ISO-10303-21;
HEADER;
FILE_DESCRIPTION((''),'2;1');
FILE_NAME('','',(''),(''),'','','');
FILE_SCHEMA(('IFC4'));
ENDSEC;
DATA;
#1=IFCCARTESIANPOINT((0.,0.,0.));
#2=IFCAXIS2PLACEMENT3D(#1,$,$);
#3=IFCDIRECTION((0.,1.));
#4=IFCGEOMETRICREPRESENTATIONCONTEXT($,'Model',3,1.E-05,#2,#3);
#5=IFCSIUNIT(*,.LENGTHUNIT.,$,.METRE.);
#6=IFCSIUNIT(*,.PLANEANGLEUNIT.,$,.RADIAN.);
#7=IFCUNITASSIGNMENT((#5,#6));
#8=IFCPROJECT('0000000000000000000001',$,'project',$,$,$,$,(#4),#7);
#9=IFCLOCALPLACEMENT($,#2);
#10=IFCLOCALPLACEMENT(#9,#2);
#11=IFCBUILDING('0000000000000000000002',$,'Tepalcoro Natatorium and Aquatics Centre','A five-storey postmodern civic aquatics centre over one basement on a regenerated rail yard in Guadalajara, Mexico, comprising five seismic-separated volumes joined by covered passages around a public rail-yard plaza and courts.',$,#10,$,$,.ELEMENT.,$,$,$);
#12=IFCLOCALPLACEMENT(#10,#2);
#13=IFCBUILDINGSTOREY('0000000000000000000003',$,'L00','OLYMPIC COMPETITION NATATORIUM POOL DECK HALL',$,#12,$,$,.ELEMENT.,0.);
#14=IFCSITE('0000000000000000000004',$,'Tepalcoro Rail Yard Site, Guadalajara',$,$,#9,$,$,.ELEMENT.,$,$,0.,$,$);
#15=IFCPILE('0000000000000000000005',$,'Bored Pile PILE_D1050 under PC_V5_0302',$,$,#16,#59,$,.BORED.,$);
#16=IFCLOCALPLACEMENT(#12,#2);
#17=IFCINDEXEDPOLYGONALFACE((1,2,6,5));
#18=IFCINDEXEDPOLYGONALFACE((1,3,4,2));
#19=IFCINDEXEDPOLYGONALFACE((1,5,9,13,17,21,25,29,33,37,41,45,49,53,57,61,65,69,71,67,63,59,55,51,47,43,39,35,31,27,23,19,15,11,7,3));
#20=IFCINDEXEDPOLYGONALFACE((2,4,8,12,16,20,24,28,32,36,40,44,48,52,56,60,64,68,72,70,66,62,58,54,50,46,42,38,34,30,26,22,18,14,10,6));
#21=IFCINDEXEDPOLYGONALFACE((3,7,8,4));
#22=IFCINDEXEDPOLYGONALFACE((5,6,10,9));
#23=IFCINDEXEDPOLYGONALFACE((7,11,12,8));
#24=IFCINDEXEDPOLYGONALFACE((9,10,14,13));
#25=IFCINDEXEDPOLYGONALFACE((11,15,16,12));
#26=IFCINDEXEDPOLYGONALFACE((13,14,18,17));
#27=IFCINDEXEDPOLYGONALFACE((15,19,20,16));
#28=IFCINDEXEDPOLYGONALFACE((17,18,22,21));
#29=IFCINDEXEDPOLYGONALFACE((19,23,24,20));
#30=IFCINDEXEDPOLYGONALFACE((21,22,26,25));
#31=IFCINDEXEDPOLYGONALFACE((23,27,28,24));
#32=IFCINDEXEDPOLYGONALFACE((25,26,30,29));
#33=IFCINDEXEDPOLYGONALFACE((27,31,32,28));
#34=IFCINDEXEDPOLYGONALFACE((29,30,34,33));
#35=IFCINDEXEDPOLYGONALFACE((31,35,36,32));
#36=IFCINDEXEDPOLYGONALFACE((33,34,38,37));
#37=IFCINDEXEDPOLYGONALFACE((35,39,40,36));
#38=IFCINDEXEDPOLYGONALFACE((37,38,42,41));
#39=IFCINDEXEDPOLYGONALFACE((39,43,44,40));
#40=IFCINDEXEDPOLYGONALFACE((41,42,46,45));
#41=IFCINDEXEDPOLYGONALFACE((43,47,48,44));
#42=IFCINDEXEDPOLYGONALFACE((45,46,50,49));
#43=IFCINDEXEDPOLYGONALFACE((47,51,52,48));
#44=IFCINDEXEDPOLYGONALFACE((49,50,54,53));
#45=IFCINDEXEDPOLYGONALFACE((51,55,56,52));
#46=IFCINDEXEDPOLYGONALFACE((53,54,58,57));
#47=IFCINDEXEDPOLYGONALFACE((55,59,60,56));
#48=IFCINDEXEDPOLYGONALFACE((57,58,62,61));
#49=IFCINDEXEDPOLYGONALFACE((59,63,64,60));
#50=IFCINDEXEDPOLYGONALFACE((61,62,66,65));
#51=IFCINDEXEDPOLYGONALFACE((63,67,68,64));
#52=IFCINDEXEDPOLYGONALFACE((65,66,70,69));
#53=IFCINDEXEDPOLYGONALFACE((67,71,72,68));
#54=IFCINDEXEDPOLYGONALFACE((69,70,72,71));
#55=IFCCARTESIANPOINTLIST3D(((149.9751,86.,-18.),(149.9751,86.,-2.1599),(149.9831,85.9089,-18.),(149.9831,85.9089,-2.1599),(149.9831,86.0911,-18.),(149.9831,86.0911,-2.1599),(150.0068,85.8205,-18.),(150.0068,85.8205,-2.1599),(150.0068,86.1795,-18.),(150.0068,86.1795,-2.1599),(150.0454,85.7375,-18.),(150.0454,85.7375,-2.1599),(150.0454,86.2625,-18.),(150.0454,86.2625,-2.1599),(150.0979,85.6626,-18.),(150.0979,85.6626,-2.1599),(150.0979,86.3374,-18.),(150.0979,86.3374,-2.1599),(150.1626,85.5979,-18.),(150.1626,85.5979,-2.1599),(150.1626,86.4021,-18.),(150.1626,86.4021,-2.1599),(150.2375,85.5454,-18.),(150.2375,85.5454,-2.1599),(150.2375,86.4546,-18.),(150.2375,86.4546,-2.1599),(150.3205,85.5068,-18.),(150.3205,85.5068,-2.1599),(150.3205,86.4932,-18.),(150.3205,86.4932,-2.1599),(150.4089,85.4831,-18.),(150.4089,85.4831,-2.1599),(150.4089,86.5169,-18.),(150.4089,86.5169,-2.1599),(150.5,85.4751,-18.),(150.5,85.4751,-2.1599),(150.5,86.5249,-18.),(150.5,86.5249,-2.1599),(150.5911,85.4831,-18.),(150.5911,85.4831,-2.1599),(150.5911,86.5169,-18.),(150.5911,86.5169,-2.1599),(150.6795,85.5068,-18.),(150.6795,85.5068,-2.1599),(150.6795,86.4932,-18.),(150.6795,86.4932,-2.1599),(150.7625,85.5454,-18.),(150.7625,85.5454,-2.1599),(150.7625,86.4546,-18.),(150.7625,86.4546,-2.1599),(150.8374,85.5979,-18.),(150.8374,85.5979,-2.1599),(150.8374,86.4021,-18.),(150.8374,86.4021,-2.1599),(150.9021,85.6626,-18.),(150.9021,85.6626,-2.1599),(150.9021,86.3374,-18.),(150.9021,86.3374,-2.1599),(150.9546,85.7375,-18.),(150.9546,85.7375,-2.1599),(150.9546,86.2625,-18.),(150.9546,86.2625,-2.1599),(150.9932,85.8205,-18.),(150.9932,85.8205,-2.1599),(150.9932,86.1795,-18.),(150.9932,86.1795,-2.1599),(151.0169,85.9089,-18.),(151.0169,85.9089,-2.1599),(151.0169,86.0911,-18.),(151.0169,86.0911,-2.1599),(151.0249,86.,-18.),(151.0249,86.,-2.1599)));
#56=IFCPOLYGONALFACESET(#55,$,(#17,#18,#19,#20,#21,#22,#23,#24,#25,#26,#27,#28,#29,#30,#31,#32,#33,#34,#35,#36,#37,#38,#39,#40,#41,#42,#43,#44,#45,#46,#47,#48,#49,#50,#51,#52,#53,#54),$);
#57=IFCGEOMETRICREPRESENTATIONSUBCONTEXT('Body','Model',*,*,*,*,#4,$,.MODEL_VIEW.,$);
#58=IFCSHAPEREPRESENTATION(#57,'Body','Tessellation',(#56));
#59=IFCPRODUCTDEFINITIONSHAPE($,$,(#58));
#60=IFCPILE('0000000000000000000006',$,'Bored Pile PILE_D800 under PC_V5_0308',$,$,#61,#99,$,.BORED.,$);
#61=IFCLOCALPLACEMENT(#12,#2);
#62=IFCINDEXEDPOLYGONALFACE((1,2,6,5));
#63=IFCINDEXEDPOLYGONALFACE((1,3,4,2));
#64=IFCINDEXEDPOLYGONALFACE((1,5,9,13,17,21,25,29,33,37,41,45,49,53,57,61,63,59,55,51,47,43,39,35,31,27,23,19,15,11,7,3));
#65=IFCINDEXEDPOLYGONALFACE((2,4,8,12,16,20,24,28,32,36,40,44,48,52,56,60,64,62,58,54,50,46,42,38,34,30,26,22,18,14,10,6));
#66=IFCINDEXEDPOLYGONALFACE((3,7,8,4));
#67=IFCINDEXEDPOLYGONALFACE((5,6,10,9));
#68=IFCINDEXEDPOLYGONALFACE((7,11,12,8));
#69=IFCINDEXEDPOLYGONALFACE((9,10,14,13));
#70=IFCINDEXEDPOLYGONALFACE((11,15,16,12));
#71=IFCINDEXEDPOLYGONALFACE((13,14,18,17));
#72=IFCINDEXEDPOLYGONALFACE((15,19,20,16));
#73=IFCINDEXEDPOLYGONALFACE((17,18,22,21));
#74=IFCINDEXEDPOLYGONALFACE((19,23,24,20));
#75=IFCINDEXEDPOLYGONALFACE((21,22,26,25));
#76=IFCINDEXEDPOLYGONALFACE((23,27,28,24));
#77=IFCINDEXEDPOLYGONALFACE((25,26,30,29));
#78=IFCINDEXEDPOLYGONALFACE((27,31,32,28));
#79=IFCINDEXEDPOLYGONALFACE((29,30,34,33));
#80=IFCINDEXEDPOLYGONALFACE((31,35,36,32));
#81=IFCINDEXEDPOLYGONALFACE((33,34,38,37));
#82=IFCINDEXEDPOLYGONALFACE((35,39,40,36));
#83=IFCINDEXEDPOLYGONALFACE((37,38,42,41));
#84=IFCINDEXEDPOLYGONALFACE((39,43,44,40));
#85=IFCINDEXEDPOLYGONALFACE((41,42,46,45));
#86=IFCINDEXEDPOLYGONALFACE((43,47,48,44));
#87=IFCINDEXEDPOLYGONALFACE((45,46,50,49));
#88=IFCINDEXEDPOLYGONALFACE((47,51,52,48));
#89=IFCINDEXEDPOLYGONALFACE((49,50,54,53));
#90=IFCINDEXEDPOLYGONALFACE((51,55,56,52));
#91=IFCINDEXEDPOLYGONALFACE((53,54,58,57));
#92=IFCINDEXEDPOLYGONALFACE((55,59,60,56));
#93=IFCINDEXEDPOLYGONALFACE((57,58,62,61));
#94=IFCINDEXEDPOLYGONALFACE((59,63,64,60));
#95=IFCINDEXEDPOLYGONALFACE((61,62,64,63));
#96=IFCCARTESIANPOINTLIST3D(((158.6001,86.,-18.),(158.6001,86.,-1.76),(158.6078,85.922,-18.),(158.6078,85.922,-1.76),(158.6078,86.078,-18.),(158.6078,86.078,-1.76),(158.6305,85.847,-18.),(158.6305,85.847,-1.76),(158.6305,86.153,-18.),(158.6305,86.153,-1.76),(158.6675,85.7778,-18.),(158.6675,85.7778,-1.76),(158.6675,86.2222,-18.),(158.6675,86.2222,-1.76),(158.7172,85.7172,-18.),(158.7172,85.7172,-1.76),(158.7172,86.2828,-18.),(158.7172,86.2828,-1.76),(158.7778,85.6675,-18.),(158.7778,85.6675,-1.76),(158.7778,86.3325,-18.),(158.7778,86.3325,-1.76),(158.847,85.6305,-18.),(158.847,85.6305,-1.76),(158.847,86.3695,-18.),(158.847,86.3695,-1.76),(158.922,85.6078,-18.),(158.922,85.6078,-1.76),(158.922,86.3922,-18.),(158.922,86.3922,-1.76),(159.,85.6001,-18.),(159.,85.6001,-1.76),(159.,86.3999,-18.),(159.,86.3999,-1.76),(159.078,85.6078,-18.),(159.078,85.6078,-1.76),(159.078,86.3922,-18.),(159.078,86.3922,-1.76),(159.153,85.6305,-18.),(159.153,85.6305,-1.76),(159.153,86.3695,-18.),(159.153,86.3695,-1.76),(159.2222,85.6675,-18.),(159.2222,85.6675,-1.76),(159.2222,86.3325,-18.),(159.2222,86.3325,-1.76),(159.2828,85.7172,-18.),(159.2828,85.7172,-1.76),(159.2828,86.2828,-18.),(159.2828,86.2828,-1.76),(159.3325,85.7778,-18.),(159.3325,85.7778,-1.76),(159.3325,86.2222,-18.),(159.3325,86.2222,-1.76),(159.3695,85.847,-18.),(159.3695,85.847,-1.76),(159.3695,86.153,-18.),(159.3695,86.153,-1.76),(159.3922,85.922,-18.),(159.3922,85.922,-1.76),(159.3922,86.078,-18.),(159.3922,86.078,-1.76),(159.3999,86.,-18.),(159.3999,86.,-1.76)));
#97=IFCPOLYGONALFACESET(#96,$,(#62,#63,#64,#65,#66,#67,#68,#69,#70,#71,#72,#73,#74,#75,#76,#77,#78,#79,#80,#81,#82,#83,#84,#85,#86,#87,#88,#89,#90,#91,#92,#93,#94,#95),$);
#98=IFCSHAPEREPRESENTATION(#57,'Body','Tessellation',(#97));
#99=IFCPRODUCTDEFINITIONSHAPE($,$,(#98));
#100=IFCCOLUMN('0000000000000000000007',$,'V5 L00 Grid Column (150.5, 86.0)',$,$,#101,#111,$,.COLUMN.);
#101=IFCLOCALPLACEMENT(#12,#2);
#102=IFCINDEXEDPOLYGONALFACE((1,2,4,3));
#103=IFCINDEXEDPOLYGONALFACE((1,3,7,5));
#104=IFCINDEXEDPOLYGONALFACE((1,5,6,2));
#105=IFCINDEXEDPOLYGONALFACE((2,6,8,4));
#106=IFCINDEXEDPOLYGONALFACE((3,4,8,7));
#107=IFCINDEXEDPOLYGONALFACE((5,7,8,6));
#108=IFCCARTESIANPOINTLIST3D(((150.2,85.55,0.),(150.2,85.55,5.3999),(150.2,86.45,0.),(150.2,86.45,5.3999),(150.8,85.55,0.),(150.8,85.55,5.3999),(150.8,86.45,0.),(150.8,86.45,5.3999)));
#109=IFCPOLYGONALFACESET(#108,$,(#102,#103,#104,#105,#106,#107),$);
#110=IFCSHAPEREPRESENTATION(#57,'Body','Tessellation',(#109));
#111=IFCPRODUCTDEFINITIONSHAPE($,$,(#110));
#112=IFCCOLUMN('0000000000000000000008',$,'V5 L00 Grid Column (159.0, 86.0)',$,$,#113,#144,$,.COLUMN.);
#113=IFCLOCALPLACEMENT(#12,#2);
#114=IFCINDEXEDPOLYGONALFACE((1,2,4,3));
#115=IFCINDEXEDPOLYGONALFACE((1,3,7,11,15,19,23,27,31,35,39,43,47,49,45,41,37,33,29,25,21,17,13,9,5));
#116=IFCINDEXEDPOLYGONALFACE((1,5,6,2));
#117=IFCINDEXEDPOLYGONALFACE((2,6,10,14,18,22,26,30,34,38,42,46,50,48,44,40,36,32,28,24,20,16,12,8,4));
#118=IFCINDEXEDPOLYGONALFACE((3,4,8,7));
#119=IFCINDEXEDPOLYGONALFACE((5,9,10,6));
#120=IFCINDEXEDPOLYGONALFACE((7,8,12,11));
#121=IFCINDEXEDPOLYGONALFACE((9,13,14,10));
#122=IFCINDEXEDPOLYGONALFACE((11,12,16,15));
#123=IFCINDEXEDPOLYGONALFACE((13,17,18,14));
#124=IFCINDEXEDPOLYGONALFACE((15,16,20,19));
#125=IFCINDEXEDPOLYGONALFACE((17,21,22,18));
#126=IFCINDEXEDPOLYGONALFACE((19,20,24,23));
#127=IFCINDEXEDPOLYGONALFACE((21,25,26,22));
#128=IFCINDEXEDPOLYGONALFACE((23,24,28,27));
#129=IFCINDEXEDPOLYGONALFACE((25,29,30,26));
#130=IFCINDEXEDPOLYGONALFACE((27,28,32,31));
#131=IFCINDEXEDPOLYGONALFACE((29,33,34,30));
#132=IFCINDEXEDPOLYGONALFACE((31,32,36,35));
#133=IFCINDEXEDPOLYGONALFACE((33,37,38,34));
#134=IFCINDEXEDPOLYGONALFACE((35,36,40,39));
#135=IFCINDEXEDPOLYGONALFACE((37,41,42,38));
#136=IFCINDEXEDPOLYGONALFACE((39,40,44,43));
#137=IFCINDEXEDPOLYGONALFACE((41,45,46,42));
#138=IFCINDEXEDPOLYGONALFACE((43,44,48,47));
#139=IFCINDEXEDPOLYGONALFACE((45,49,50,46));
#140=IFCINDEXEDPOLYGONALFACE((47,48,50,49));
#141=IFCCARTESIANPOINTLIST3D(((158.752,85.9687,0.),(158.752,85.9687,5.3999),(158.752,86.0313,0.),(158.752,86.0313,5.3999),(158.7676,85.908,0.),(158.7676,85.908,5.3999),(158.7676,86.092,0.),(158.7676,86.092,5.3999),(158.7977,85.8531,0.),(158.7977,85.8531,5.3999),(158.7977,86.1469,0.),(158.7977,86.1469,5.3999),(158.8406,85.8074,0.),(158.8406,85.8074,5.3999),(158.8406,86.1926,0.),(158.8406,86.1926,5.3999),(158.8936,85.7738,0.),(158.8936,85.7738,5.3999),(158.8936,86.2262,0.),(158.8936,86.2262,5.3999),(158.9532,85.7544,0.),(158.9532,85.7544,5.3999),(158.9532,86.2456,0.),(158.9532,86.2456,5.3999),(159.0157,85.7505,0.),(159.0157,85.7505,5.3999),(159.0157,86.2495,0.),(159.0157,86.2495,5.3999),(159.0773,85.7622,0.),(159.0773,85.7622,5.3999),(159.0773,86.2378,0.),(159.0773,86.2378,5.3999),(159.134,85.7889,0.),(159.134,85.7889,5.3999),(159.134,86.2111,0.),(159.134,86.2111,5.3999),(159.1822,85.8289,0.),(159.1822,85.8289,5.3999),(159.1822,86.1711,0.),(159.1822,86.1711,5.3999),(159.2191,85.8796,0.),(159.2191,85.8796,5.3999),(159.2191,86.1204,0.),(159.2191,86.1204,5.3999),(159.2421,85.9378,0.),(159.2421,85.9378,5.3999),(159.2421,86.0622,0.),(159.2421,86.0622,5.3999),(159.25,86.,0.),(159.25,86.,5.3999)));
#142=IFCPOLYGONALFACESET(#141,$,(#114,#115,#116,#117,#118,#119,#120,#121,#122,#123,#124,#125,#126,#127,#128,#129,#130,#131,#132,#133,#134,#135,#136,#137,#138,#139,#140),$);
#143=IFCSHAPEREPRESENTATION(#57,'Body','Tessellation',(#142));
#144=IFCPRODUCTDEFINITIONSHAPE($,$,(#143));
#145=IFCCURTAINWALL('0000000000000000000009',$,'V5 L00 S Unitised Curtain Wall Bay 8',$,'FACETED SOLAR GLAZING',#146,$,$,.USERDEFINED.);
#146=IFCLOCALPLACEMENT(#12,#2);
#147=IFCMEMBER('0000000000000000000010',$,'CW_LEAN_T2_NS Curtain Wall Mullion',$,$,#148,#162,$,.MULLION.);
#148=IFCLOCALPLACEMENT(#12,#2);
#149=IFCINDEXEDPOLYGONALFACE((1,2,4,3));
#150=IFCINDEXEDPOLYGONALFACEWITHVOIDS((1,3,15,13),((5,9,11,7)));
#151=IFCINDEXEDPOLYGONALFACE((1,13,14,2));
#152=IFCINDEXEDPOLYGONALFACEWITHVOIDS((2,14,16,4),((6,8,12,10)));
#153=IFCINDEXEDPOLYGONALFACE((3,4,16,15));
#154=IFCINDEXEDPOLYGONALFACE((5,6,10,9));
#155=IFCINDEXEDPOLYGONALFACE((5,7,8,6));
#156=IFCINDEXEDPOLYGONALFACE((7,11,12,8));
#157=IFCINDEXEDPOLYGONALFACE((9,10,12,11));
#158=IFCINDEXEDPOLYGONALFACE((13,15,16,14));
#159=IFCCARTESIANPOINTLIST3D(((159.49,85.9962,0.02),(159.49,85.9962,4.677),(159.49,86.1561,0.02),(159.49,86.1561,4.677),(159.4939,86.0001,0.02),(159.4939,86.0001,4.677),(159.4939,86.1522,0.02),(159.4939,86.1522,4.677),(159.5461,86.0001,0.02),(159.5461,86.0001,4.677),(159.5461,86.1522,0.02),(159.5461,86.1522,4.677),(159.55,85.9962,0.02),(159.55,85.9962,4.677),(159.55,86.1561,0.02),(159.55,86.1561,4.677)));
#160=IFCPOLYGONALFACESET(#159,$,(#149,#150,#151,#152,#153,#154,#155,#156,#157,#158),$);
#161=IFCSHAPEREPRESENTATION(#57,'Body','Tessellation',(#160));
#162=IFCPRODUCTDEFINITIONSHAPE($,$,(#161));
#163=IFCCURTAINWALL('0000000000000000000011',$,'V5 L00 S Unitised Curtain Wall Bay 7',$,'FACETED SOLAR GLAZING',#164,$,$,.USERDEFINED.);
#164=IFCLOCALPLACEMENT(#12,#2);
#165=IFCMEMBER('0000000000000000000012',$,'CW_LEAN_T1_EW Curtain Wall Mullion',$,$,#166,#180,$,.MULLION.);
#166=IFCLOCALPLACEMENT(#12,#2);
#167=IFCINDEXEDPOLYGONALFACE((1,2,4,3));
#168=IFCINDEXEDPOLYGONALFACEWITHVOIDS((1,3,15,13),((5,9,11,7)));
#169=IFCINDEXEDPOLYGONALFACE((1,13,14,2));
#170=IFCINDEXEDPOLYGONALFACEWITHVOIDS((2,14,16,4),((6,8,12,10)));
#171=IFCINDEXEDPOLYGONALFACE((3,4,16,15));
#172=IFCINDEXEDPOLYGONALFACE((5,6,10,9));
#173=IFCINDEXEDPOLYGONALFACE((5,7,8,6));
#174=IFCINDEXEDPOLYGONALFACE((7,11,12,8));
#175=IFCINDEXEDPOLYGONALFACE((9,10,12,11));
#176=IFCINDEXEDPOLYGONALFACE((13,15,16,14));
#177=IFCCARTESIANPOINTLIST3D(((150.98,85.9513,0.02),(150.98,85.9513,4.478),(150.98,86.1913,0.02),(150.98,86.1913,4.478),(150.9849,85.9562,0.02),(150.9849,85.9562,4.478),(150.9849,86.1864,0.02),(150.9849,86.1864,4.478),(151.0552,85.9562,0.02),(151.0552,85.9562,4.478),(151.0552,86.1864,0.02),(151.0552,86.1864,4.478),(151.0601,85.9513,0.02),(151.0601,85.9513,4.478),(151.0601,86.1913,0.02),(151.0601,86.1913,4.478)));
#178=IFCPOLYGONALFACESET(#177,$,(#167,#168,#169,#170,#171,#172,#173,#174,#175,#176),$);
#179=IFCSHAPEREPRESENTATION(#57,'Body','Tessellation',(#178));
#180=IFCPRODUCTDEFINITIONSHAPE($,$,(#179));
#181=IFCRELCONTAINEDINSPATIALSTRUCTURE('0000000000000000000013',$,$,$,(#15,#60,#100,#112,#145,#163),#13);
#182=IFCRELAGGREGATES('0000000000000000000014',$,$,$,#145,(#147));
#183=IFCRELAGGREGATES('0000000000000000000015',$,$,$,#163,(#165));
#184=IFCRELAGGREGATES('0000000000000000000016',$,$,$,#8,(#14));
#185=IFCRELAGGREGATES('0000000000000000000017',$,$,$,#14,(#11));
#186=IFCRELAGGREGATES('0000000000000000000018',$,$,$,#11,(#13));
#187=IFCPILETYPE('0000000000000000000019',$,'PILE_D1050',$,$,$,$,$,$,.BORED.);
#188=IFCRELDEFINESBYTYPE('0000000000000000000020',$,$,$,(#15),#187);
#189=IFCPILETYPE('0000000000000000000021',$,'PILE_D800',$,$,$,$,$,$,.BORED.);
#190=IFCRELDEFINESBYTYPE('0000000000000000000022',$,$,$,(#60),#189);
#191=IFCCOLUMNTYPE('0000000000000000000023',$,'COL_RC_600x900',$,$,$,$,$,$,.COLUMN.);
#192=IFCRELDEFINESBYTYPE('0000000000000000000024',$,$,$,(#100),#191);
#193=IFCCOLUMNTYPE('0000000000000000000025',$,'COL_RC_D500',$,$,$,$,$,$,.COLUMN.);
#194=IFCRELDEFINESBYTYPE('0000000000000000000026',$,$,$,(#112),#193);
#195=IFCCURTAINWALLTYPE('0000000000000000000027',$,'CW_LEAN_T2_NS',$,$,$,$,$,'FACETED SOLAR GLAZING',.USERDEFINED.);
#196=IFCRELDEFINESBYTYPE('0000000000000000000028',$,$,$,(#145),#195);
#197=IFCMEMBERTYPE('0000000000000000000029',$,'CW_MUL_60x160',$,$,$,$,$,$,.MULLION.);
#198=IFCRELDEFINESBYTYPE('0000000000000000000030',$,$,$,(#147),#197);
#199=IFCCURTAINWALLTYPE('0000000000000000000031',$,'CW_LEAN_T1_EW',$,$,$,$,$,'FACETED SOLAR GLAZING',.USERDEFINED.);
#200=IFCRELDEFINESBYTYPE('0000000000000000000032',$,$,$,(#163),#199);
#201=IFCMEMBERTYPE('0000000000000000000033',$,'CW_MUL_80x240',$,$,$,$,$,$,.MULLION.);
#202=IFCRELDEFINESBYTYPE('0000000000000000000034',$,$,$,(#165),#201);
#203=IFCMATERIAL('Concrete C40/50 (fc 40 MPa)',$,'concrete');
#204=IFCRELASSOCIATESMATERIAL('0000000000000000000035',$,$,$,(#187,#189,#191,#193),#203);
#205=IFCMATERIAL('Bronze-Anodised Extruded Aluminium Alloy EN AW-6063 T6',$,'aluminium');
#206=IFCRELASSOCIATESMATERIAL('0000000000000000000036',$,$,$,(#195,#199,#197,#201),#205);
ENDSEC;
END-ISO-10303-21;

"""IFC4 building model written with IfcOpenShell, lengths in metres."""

from ifc_helpers import new_model, si_unit, direction, frame, origin, origin_2d, place, context, subcontext, project, spatial, rectangle, hollow_rectangle, circle, extrude, material, material_profile, profile_set, type_object, element, aggregate, save


model = new_model("IFC4")

# Units and contexts
model_context = context("Model", 3, precision=1e-05, world=origin(), true_north=direction((0.0, 1.0)))
body_context = subcontext(model_context, "Body", "Model", "MODEL_VIEW")
ifc_project = project(units=[si_unit("LENGTHUNIT", "METRE"), si_unit("PLANEANGLEUNIT", "RADIAN")], contexts=[model_context])

# Site, building, storey
site_placement = place(None, origin())
site = spatial("IfcSite", under=ifc_project, at=site_placement, Name="Tepalcoro Rail Yard Site, Guadalajara", CompositionType="ELEMENT", RefElevation=0.0)
building_placement = place(site_placement, origin())
building = spatial("IfcBuilding", under=site, at=building_placement, Name="Tepalcoro Natatorium and Aquatics Centre", Description="A five-storey postmodern civic aquatics centre over one basement on a regenerated rail yard in Guadalajara, Mexico, comprising five seismic-separated volumes joined by covered passages around a public rail-yard plaza and courts.", CompositionType="ELEMENT")
storey_placement = place(building_placement, origin())
storey = spatial("IfcBuildingStorey", under=building, at=storey_placement, Name="L00", Description="OLYMPIC COMPETITION NATATORIUM POOL DECK HALL", CompositionType="ELEMENT", Elevation=0.0)

# Piles
ifc_material_1 = material(Name="Concrete C40/50 (fc 40 MPa)", Category="concrete")
ifc_material_profile_1 = material_profile(ifc_material_1, circle(Radius=0.5249, at=origin_2d()), Name="PILE_D1050")
ifc_profile_set_1 = profile_set([ifc_material_profile_1], Name="Concrete C40/50 (fc 40 MPa)")
pile_type_1 = type_object("IfcPileType", Name="PILE_D1050", PredefinedType="BORED", material=ifc_profile_set_1)
pile_1_placement = place(storey_placement, frame((150.5, 86.0, -2.1599), z_axis=(0.0, 0.0, -1.0), x_axis=(1.0, 0.0, 0.0)))
element("IfcPile", 1, at=pile_1_placement, inside=storey, type_object=pile_type_1, Name="Bored Pile PILE_D1050 under PC_V5_0302", PredefinedType="BORED", context=body_context, shape_type="SweptSolid", body=[
    extrude(circle(Radius=0.5249, at=origin_2d()), origin(), (0.0, 0.0, 1.0), 15.8401),
])
ifc_material_profile_2 = material_profile(ifc_material_1, circle(Radius=0.3999, at=origin_2d()), Name="PILE_D800")
ifc_profile_set_2 = profile_set([ifc_material_profile_2], Name="Concrete C40/50 (fc 40 MPa)")
pile_type_2 = type_object("IfcPileType", Name="PILE_D800", PredefinedType="BORED", material=ifc_profile_set_2)
pile_2_placement = place(storey_placement, frame((159.0, 86.0, -1.76), z_axis=(0.0, 0.0, -1.0), x_axis=(1.0, 0.0, 0.0)))
element("IfcPile", 2, at=pile_2_placement, inside=storey, type_object=pile_type_2, Name="Bored Pile PILE_D800 under PC_V5_0308", PredefinedType="BORED", context=body_context, shape_type="SweptSolid", body=[
    extrude(circle(Radius=0.3999, at=origin_2d()), origin(), (0.0, 0.0, 1.0), 16.24),
])

# Columns
ifc_material_profile_3 = material_profile(ifc_material_1, rectangle(XDim=0.6001, YDim=0.8999, at=origin_2d()), Name="RC600x900")
ifc_profile_set_3 = profile_set([ifc_material_profile_3], Name="Concrete C40/50 (fc 40 MPa)")
column_type_1 = type_object("IfcColumnType", Name="COL_RC_600x900", PredefinedType="COLUMN", material=ifc_profile_set_3)
column_1_placement = place(storey_placement, frame((150.5, 86.0, 0.0), z_axis=(0.0, 0.0, 1.0), x_axis=(1.0, 0.0, 0.0)))
element("IfcColumn", 3, at=column_1_placement, inside=storey, type_object=column_type_1, Name="V5 L00 Grid Column (150.5, 86.0)", PredefinedType="COLUMN", context=body_context, shape_type="SweptSolid", body=[
    extrude(rectangle(XDim=0.6001, YDim=0.8999, at=origin_2d()), origin(), (0.0, 0.0, 1.0), 5.3999),
])
ifc_material_profile_4 = material_profile(ifc_material_1, circle(Radius=0.25, at=origin_2d()), Name="RCD500")
ifc_profile_set_4 = profile_set([ifc_material_profile_4], Name="Concrete C40/50 (fc 40 MPa)")
column_type_2 = type_object("IfcColumnType", Name="COL_RC_D500", PredefinedType="COLUMN", material=ifc_profile_set_4)
column_2_placement = place(storey_placement, frame((159.0, 86.0, 0.0), z_axis=(0.0, 0.0, 1.0), x_axis=(1.0, 0.0, 0.0)))
element("IfcColumn", 4, at=column_2_placement, inside=storey, type_object=column_type_2, Name="V5 L00 Grid Column (159.0, 86.0)", PredefinedType="COLUMN", context=body_context, shape_type="SweptSolid", body=[
    extrude(circle(Radius=0.25, at=origin_2d()), origin(), (0.0, 0.0, 1.0), 5.3999),
])

# Curtain wall, member
ifc_material_2 = material(Name="Bronze-Anodised Extruded Aluminium Alloy EN AW-6063 T6", Category="aluminium")
curtain_wall_type_1 = type_object("IfcCurtainWallType", Name="CW_LEAN_T2_NS", ElementType="FACETED SOLAR GLAZING", PredefinedType="USERDEFINED", material=ifc_material_2)
curtain_wall_1_placement = place(storey_placement, origin())
curtain_wall_1 = element("IfcCurtainWall", 5, at=curtain_wall_1_placement, inside=storey, type_object=curtain_wall_type_1, Name="V5 L00 S Unitised Curtain Wall Bay 8", ObjectType="FACETED SOLAR GLAZING", PredefinedType="USERDEFINED")
ifc_material_profile_5 = material_profile(ifc_material_2, hollow_rectangle(XDim=0.0601, YDim=0.1599, WallThickness=0.0039, at=origin_2d()), Name="AL60X160X4")
ifc_profile_set_5 = profile_set([ifc_material_profile_5], Name="Bronze-Anodised Extruded Aluminium Alloy EN AW-6063 T6")
member_type_1 = type_object("IfcMemberType", Name="CW_MUL_60x160", PredefinedType="MULLION", material=ifc_profile_set_5)
member_1_placement = place(storey_placement, frame((159.52, 86.0762, 0.02), z_axis=(0.0, 0.0, 1.0), x_axis=(1.0, 0.0, 0.0)))
member_1 = element("IfcMember", 6, at=member_1_placement, type_object=member_type_1, Name="CW_LEAN_T2_NS Curtain Wall Mullion", PredefinedType="MULLION", context=body_context, shape_type="SweptSolid", body=[
    extrude(hollow_rectangle(XDim=0.0601, YDim=0.1599, WallThickness=0.0039, at=origin_2d()), origin(), (0.0, 0.0, 1.0), 4.657),
])

# Curtain wall, member
curtain_wall_type_2 = type_object("IfcCurtainWallType", Name="CW_LEAN_T1_EW", ElementType="FACETED SOLAR GLAZING", PredefinedType="USERDEFINED", material=ifc_material_2)
curtain_wall_2_placement = place(storey_placement, origin())
curtain_wall_2 = element("IfcCurtainWall", 7, at=curtain_wall_2_placement, inside=storey, type_object=curtain_wall_type_2, Name="V5 L00 S Unitised Curtain Wall Bay 7", ObjectType="FACETED SOLAR GLAZING", PredefinedType="USERDEFINED")
ifc_material_profile_6 = material_profile(ifc_material_2, hollow_rectangle(XDim=0.0801, YDim=0.24, WallThickness=0.0049, at=origin_2d()), Name="AL80X240X5")
ifc_profile_set_6 = profile_set([ifc_material_profile_6], Name="Bronze-Anodised Extruded Aluminium Alloy EN AW-6063 T6")
member_type_2 = type_object("IfcMemberType", Name="CW_MUL_80x240", PredefinedType="MULLION", material=ifc_profile_set_6)
member_2_placement = place(storey_placement, frame((151.02, 86.0713, 0.02), z_axis=(0.0, 0.0, 1.0), x_axis=(1.0, 0.0, 0.0)))
member_2 = element("IfcMember", 8, at=member_2_placement, type_object=member_type_2, Name="CW_LEAN_T1_EW Curtain Wall Mullion", PredefinedType="MULLION", context=body_context, shape_type="SweptSolid", body=[
    extrude(hollow_rectangle(XDim=0.0801, YDim=0.24, WallThickness=0.0049, at=origin_2d()), origin(), (0.0, 0.0, 1.0), 4.458),
])

aggregate(curtain_wall_1, [member_1])

aggregate(curtain_wall_2, [member_2])

save(model, "model.ifc")
